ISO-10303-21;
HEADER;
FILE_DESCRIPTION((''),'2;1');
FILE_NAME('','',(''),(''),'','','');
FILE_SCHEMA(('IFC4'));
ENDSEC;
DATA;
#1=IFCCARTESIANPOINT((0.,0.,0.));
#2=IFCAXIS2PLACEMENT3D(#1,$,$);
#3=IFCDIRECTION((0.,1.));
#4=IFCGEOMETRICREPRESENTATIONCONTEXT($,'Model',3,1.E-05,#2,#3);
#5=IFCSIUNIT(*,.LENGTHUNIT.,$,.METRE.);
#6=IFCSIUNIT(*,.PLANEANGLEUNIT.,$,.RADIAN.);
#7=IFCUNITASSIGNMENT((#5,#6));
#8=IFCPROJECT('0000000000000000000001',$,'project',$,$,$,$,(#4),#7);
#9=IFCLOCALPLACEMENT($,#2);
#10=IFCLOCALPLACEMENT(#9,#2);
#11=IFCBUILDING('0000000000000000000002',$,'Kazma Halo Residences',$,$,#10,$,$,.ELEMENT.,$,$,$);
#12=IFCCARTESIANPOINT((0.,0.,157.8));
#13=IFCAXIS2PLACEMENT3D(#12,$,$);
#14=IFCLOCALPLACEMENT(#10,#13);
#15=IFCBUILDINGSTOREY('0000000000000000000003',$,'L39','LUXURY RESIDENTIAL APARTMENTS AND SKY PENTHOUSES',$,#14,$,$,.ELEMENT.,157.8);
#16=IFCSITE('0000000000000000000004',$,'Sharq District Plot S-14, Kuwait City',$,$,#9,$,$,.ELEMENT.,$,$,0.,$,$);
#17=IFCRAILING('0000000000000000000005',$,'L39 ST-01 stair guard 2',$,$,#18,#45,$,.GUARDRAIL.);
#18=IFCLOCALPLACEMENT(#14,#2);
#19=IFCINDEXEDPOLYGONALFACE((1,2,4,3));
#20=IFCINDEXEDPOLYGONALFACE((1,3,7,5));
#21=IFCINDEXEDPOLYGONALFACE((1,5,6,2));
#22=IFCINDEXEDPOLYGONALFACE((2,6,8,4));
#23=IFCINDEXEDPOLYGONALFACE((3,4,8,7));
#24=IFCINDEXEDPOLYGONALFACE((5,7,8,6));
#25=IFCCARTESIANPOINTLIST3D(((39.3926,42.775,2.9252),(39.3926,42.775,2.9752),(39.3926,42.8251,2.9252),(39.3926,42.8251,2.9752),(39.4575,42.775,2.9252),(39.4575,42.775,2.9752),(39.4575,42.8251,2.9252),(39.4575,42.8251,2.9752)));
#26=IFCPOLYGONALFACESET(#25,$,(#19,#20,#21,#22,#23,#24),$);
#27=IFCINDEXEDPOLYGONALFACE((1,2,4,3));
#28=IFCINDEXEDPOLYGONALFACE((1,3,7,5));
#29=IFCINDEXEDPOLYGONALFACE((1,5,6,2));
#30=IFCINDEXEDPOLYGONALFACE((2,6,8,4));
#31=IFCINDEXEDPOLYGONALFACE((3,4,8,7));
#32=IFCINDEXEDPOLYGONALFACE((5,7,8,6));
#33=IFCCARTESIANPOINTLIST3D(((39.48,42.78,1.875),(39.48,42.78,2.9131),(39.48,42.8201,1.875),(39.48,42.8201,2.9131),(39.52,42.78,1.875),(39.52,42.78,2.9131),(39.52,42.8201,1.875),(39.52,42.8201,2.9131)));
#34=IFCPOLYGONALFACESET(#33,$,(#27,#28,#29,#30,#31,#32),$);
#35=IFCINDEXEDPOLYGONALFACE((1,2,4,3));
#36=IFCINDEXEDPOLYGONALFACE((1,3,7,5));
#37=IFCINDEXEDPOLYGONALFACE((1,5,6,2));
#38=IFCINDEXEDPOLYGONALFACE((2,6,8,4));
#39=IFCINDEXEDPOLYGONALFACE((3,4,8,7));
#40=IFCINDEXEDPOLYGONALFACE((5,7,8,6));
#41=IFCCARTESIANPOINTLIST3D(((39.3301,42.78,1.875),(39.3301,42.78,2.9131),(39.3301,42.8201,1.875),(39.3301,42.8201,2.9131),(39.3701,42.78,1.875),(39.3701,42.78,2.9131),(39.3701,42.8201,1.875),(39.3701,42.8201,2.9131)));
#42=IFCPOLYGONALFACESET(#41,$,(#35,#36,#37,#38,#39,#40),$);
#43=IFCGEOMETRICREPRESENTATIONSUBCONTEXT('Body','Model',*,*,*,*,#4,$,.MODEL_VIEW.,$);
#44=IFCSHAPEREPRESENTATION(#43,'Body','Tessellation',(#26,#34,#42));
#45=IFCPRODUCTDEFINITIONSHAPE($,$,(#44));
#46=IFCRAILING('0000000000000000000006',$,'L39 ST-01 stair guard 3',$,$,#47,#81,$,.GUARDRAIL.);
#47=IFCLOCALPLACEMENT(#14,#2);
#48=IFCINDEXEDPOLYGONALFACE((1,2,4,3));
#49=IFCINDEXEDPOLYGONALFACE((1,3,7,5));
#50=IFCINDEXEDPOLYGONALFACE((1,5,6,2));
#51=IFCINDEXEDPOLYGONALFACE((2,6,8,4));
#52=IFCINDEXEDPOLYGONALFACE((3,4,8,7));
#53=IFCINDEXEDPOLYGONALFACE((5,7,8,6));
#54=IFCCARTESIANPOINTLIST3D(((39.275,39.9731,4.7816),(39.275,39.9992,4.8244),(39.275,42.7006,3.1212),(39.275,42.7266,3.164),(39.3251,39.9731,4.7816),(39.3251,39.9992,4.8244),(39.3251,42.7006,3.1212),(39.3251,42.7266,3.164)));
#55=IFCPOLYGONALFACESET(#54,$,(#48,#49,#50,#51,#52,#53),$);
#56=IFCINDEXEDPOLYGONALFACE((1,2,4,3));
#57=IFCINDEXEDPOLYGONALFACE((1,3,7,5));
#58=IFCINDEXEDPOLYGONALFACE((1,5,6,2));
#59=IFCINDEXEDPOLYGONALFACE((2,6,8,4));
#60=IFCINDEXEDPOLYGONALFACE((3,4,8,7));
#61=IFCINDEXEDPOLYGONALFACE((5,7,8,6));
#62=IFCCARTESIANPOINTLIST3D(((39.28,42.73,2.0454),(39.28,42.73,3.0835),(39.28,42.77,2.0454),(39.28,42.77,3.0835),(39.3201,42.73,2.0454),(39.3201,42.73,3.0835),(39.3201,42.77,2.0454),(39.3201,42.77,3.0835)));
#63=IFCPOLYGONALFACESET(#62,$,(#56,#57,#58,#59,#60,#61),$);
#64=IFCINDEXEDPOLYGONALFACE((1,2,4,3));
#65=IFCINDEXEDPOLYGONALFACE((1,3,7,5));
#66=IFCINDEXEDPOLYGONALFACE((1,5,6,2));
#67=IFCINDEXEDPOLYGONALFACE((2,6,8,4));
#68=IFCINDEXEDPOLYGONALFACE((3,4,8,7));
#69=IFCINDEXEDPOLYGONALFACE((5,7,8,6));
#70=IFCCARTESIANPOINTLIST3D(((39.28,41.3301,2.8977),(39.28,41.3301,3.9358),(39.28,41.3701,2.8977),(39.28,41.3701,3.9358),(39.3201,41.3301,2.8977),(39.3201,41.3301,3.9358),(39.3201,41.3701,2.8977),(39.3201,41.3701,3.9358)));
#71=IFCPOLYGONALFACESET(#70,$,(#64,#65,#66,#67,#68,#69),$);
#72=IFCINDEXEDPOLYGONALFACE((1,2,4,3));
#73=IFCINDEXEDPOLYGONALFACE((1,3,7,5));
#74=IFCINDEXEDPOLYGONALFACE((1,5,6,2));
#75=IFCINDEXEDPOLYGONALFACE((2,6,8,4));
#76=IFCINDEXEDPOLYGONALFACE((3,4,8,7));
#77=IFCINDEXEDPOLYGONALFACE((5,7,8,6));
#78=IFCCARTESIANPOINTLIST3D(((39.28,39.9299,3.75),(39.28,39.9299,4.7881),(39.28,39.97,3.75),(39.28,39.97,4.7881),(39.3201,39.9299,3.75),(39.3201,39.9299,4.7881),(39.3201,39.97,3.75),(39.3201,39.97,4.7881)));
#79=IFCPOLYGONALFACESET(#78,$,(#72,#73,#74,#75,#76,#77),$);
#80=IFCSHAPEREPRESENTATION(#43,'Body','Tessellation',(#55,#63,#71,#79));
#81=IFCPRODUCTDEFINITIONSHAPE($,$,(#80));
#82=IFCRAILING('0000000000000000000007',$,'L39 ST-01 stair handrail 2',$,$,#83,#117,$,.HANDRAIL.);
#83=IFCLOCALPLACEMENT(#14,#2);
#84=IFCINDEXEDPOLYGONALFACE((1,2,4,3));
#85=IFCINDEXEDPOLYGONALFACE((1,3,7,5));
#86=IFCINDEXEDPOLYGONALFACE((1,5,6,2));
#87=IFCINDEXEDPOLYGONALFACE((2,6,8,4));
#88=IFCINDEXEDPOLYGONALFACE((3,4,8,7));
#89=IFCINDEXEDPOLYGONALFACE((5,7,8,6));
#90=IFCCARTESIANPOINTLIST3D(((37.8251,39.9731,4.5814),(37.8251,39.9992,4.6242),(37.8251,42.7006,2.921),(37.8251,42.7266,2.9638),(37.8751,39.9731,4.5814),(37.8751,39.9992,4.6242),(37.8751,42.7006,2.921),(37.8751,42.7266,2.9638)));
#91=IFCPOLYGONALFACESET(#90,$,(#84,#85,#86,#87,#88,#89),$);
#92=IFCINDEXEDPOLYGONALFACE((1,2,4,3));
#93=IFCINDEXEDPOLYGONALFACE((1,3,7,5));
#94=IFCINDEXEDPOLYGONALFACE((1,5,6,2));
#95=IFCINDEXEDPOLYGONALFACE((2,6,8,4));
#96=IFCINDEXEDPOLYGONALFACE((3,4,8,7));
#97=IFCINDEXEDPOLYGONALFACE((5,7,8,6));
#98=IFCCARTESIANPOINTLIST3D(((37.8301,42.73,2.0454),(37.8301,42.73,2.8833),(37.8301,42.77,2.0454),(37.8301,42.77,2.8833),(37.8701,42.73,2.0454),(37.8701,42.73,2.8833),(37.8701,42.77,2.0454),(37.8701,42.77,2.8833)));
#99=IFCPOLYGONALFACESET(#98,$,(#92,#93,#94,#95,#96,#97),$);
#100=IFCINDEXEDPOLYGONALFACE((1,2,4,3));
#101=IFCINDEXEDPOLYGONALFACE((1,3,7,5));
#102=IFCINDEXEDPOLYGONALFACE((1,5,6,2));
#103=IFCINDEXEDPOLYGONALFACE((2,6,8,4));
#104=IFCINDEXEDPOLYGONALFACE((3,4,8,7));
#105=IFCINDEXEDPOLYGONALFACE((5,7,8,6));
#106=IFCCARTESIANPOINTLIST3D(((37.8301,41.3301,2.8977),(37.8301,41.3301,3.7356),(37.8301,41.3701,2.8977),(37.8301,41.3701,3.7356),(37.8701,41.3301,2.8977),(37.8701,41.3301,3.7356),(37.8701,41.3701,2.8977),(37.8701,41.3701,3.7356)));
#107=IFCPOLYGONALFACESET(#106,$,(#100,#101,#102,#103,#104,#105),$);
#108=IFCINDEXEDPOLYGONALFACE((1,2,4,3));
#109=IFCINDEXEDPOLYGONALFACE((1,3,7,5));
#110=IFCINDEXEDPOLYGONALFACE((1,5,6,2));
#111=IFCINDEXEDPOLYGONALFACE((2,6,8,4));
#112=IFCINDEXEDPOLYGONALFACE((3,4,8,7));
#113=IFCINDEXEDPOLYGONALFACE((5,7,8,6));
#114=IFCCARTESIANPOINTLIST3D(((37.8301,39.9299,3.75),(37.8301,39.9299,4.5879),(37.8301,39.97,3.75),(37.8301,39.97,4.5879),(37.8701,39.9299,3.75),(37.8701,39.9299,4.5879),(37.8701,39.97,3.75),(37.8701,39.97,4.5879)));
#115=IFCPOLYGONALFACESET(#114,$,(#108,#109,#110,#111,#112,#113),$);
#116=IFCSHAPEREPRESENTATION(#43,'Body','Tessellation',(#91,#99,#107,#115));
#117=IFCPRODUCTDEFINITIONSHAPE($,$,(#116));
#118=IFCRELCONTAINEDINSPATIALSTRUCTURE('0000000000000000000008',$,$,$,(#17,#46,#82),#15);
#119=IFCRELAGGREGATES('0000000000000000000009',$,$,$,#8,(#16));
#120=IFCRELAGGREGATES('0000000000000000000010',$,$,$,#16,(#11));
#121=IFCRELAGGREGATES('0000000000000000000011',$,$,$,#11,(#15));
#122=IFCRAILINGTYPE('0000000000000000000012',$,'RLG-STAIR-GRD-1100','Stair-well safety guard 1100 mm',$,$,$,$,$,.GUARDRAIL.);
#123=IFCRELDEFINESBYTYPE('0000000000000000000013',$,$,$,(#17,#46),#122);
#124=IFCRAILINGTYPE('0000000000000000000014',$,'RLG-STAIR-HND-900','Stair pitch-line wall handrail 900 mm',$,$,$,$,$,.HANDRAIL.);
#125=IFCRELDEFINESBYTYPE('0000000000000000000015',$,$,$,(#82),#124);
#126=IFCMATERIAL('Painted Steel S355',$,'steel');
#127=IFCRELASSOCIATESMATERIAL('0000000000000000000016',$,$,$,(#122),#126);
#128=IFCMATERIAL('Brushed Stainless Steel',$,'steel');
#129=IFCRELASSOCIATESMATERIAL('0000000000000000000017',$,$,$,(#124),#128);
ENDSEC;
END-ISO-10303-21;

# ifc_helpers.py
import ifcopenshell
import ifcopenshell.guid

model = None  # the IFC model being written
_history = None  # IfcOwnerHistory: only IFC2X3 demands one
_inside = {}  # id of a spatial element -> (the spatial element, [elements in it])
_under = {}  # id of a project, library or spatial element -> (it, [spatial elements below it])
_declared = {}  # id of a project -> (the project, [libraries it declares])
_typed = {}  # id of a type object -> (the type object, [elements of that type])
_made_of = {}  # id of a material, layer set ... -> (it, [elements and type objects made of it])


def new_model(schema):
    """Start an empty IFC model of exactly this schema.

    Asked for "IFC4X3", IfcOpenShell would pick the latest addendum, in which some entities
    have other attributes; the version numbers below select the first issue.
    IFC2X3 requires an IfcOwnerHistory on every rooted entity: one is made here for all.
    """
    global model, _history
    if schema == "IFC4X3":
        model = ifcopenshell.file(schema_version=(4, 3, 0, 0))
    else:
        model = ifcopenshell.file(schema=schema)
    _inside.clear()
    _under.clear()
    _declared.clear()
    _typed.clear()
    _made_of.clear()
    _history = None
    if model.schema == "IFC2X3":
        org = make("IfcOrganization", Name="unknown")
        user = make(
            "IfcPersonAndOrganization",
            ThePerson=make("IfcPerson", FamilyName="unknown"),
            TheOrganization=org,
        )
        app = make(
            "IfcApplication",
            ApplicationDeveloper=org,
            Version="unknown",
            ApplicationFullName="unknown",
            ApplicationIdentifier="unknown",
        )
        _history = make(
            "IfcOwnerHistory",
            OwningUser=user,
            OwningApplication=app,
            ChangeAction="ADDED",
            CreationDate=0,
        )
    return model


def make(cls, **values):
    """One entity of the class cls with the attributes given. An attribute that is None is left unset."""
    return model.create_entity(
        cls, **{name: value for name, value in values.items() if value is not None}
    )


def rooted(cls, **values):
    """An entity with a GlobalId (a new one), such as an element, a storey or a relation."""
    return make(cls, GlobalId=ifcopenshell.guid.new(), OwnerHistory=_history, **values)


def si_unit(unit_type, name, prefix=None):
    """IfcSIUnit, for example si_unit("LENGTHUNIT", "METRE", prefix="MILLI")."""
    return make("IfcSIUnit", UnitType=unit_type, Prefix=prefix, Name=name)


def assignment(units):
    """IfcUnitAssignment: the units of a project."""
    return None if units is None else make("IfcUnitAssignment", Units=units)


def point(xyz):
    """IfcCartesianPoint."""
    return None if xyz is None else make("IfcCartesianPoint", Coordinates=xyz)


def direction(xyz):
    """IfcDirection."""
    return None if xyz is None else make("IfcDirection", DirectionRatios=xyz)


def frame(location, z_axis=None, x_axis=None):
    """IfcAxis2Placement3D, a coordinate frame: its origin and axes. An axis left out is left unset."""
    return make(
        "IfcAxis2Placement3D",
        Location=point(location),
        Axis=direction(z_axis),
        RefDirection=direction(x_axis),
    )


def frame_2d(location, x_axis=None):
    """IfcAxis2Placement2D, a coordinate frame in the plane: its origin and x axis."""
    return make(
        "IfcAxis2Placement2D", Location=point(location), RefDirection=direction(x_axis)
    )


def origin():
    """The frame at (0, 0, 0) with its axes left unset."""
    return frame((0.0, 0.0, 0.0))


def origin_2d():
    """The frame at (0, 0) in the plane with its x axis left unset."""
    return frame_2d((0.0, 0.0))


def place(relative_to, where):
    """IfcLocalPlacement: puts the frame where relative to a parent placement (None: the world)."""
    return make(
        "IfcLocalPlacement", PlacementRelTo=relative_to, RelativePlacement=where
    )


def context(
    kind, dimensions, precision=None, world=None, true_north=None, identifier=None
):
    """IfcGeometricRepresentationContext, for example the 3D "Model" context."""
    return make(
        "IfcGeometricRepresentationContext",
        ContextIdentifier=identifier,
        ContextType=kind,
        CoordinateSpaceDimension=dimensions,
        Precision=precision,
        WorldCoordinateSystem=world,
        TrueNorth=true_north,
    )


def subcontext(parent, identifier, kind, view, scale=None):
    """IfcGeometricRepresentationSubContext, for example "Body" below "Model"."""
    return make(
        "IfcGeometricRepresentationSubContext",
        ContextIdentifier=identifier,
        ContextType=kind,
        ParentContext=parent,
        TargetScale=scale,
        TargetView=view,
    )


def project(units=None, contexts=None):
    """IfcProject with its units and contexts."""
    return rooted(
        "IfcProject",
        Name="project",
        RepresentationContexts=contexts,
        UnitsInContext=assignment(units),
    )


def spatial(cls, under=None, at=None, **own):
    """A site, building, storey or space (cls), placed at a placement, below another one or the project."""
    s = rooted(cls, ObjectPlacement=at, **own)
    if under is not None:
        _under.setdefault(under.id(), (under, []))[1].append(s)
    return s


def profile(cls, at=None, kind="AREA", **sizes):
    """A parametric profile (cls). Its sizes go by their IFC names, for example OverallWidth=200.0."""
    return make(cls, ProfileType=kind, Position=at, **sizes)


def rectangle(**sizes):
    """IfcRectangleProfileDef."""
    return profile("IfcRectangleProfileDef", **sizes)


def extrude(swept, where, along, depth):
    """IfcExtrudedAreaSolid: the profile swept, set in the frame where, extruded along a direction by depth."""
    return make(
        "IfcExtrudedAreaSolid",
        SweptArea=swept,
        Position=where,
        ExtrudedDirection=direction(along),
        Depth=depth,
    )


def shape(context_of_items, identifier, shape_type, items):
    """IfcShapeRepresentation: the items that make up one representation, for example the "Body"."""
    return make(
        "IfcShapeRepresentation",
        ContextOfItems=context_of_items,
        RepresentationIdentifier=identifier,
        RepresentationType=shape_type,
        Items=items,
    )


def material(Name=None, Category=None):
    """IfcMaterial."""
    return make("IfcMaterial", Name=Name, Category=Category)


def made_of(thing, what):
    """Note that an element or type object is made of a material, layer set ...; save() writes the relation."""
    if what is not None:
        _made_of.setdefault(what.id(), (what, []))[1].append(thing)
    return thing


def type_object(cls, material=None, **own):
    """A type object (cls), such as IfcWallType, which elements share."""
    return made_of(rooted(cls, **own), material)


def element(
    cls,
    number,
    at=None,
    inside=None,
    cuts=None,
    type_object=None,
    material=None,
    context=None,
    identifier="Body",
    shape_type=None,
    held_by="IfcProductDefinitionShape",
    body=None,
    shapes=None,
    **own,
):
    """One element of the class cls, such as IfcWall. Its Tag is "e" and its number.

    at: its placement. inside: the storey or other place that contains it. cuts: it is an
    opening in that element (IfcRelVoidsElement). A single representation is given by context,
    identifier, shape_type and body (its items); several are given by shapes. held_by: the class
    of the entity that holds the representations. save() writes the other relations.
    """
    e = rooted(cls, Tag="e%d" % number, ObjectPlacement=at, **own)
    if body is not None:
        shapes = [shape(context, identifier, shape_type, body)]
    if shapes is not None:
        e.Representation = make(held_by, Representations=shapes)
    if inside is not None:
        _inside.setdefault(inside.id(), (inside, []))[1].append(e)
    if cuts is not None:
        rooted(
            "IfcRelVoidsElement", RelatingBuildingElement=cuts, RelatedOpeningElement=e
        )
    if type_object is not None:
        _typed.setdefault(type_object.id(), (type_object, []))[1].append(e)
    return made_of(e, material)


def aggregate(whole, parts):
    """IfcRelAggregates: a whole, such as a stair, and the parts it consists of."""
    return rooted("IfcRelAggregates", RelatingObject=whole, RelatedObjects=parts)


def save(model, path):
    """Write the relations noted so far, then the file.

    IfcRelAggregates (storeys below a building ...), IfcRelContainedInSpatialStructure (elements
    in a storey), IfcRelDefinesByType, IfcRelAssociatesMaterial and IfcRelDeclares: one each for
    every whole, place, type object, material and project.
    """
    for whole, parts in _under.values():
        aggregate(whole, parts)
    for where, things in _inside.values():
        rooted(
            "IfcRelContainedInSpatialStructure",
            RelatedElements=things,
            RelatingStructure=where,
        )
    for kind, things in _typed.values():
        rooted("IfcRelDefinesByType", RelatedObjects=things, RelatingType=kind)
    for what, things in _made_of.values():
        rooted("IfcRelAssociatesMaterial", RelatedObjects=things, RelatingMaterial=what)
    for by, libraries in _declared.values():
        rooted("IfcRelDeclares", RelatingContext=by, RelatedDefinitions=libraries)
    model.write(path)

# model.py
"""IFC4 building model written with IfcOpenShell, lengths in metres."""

from ifc_helpers import new_model, si_unit, direction, frame, origin, origin_2d, place, context, subcontext, project, spatial, rectangle, extrude, material, type_object, element, save


model = new_model("IFC4")

# Units and contexts
model_context = context("Model", 3, precision=1e-05, world=origin(), true_north=direction((0.0, 1.0)))
body_context = subcontext(model_context, "Body", "Model", "MODEL_VIEW")
ifc_project = project(units=[si_unit("LENGTHUNIT", "METRE"), si_unit("PLANEANGLEUNIT", "RADIAN")], contexts=[model_context])

# Site, building, storey
site_placement = place(None, origin())
site = spatial("IfcSite", under=ifc_project, at=site_placement, Name="Sharq District Plot S-14, Kuwait City", CompositionType="ELEMENT", RefElevation=0.0)
building_placement = place(site_placement, origin())
building = spatial("IfcBuilding", under=site, at=building_placement, Name="Kazma Halo Residences", CompositionType="ELEMENT")
storey_placement = place(building_placement, frame((0.0, 0.0, 157.8)))
storey = spatial("IfcBuildingStorey", under=building, at=storey_placement, Name="L39", Description="LUXURY RESIDENTIAL APARTMENTS AND SKY PENTHOUSES", CompositionType="ELEMENT", Elevation=157.8)

# Railings
ifc_material_1 = material(Name="Painted Steel S355", Category="steel")
railing_type_1 = type_object("IfcRailingType", Name="RLG-STAIR-GRD-1100", Description="Stair-well safety guard 1100 mm", PredefinedType="GUARDRAIL", material=ifc_material_1)
railing_1_placement = place(storey_placement, frame((39.5, 42.8, 1.875)))
element("IfcRailing", 1, at=railing_1_placement, inside=storey, type_object=railing_type_1, Name="L39 ST-01 stair guard 2", PredefinedType="GUARDRAIL", context=body_context, shape_type="SweptSolid", body=[
    extrude(rectangle(XDim=0.05, YDim=0.05, at=origin_2d()), frame((-0.0425, 0.0, 1.0752), z_axis=(-1.0, 0.0, 0.0), x_axis=(0.0, -1.0, 0.0)), (0.0, 0.0, 1.0), 0.0649),
    extrude(rectangle(XDim=0.04, YDim=0.04, at=origin_2d()), origin(), (0.0, 0.0, 1.0), 1.0381),
    extrude(rectangle(XDim=0.04, YDim=0.04, at=origin_2d()), frame((-0.1499, 0.0, 0.0)), (0.0, 0.0, 1.0), 1.0381),
])
railing_2_placement = place(storey_placement, frame((39.3, 42.75, 2.0454)))
element("IfcRailing", 2, at=railing_2_placement, inside=storey, type_object=railing_type_1, Name="L39 ST-01 stair guard 3", PredefinedType="GUARDRAIL", context=body_context, shape_type="SweptSolid", body=[
    extrude(rectangle(XDim=0.05, YDim=0.05, at=origin_2d()), frame((0.0, -0.0364, 1.0972), z_axis=(0.0, -0.85417, 0.519994), x_axis=(1.0, 0.0, 0.0)), (0.0, 0.0, 1.0), 3.1931),
    extrude(rectangle(XDim=0.04, YDim=0.04, at=origin_2d()), origin(), (0.0, 0.0, 1.0), 1.0381),
    extrude(rectangle(XDim=0.04, YDim=0.04, at=origin_2d()), frame((0.0, -1.3999, 0.8523)), (0.0, 0.0, 1.0), 1.0381),
    extrude(rectangle(XDim=0.04, YDim=0.04, at=origin_2d()), frame((0.0, -2.8, 1.7046)), (0.0, 0.0, 1.0), 1.0381),
])
ifc_material_2 = material(Name="Brushed Stainless Steel", Category="steel")
railing_type_2 = type_object("IfcRailingType", Name="RLG-STAIR-HND-900", Description="Stair pitch-line wall handrail 900 mm", PredefinedType="HANDRAIL", material=ifc_material_2)
railing_3_placement = place(storey_placement, frame((37.8501, 42.75, 2.0454)))
element("IfcRailing", 3, at=railing_3_placement, inside=storey, type_object=railing_type_2, Name="L39 ST-01 stair handrail 2", PredefinedType="HANDRAIL", context=body_context, shape_type="SweptSolid", body=[
    extrude(rectangle(XDim=0.05, YDim=0.05, at=origin_2d()), frame((0.0, -0.0364, 0.897), z_axis=(0.0, -0.85417, 0.519994), x_axis=(1.0, 0.0, 0.0)), (0.0, 0.0, 1.0), 3.1931),
    extrude(rectangle(XDim=0.04, YDim=0.04, at=origin_2d()), origin(), (0.0, 0.0, 1.0), 0.8379),
    extrude(rectangle(XDim=0.04, YDim=0.04, at=origin_2d()), frame((0.0, -1.3999, 0.8523)), (0.0, 0.0, 1.0), 0.8379),
    extrude(rectangle(XDim=0.04, YDim=0.04, at=origin_2d()), frame((0.0, -2.8, 1.7046)), (0.0, 0.0, 1.0), 0.8379),
])

save(model, "model.ifc")
